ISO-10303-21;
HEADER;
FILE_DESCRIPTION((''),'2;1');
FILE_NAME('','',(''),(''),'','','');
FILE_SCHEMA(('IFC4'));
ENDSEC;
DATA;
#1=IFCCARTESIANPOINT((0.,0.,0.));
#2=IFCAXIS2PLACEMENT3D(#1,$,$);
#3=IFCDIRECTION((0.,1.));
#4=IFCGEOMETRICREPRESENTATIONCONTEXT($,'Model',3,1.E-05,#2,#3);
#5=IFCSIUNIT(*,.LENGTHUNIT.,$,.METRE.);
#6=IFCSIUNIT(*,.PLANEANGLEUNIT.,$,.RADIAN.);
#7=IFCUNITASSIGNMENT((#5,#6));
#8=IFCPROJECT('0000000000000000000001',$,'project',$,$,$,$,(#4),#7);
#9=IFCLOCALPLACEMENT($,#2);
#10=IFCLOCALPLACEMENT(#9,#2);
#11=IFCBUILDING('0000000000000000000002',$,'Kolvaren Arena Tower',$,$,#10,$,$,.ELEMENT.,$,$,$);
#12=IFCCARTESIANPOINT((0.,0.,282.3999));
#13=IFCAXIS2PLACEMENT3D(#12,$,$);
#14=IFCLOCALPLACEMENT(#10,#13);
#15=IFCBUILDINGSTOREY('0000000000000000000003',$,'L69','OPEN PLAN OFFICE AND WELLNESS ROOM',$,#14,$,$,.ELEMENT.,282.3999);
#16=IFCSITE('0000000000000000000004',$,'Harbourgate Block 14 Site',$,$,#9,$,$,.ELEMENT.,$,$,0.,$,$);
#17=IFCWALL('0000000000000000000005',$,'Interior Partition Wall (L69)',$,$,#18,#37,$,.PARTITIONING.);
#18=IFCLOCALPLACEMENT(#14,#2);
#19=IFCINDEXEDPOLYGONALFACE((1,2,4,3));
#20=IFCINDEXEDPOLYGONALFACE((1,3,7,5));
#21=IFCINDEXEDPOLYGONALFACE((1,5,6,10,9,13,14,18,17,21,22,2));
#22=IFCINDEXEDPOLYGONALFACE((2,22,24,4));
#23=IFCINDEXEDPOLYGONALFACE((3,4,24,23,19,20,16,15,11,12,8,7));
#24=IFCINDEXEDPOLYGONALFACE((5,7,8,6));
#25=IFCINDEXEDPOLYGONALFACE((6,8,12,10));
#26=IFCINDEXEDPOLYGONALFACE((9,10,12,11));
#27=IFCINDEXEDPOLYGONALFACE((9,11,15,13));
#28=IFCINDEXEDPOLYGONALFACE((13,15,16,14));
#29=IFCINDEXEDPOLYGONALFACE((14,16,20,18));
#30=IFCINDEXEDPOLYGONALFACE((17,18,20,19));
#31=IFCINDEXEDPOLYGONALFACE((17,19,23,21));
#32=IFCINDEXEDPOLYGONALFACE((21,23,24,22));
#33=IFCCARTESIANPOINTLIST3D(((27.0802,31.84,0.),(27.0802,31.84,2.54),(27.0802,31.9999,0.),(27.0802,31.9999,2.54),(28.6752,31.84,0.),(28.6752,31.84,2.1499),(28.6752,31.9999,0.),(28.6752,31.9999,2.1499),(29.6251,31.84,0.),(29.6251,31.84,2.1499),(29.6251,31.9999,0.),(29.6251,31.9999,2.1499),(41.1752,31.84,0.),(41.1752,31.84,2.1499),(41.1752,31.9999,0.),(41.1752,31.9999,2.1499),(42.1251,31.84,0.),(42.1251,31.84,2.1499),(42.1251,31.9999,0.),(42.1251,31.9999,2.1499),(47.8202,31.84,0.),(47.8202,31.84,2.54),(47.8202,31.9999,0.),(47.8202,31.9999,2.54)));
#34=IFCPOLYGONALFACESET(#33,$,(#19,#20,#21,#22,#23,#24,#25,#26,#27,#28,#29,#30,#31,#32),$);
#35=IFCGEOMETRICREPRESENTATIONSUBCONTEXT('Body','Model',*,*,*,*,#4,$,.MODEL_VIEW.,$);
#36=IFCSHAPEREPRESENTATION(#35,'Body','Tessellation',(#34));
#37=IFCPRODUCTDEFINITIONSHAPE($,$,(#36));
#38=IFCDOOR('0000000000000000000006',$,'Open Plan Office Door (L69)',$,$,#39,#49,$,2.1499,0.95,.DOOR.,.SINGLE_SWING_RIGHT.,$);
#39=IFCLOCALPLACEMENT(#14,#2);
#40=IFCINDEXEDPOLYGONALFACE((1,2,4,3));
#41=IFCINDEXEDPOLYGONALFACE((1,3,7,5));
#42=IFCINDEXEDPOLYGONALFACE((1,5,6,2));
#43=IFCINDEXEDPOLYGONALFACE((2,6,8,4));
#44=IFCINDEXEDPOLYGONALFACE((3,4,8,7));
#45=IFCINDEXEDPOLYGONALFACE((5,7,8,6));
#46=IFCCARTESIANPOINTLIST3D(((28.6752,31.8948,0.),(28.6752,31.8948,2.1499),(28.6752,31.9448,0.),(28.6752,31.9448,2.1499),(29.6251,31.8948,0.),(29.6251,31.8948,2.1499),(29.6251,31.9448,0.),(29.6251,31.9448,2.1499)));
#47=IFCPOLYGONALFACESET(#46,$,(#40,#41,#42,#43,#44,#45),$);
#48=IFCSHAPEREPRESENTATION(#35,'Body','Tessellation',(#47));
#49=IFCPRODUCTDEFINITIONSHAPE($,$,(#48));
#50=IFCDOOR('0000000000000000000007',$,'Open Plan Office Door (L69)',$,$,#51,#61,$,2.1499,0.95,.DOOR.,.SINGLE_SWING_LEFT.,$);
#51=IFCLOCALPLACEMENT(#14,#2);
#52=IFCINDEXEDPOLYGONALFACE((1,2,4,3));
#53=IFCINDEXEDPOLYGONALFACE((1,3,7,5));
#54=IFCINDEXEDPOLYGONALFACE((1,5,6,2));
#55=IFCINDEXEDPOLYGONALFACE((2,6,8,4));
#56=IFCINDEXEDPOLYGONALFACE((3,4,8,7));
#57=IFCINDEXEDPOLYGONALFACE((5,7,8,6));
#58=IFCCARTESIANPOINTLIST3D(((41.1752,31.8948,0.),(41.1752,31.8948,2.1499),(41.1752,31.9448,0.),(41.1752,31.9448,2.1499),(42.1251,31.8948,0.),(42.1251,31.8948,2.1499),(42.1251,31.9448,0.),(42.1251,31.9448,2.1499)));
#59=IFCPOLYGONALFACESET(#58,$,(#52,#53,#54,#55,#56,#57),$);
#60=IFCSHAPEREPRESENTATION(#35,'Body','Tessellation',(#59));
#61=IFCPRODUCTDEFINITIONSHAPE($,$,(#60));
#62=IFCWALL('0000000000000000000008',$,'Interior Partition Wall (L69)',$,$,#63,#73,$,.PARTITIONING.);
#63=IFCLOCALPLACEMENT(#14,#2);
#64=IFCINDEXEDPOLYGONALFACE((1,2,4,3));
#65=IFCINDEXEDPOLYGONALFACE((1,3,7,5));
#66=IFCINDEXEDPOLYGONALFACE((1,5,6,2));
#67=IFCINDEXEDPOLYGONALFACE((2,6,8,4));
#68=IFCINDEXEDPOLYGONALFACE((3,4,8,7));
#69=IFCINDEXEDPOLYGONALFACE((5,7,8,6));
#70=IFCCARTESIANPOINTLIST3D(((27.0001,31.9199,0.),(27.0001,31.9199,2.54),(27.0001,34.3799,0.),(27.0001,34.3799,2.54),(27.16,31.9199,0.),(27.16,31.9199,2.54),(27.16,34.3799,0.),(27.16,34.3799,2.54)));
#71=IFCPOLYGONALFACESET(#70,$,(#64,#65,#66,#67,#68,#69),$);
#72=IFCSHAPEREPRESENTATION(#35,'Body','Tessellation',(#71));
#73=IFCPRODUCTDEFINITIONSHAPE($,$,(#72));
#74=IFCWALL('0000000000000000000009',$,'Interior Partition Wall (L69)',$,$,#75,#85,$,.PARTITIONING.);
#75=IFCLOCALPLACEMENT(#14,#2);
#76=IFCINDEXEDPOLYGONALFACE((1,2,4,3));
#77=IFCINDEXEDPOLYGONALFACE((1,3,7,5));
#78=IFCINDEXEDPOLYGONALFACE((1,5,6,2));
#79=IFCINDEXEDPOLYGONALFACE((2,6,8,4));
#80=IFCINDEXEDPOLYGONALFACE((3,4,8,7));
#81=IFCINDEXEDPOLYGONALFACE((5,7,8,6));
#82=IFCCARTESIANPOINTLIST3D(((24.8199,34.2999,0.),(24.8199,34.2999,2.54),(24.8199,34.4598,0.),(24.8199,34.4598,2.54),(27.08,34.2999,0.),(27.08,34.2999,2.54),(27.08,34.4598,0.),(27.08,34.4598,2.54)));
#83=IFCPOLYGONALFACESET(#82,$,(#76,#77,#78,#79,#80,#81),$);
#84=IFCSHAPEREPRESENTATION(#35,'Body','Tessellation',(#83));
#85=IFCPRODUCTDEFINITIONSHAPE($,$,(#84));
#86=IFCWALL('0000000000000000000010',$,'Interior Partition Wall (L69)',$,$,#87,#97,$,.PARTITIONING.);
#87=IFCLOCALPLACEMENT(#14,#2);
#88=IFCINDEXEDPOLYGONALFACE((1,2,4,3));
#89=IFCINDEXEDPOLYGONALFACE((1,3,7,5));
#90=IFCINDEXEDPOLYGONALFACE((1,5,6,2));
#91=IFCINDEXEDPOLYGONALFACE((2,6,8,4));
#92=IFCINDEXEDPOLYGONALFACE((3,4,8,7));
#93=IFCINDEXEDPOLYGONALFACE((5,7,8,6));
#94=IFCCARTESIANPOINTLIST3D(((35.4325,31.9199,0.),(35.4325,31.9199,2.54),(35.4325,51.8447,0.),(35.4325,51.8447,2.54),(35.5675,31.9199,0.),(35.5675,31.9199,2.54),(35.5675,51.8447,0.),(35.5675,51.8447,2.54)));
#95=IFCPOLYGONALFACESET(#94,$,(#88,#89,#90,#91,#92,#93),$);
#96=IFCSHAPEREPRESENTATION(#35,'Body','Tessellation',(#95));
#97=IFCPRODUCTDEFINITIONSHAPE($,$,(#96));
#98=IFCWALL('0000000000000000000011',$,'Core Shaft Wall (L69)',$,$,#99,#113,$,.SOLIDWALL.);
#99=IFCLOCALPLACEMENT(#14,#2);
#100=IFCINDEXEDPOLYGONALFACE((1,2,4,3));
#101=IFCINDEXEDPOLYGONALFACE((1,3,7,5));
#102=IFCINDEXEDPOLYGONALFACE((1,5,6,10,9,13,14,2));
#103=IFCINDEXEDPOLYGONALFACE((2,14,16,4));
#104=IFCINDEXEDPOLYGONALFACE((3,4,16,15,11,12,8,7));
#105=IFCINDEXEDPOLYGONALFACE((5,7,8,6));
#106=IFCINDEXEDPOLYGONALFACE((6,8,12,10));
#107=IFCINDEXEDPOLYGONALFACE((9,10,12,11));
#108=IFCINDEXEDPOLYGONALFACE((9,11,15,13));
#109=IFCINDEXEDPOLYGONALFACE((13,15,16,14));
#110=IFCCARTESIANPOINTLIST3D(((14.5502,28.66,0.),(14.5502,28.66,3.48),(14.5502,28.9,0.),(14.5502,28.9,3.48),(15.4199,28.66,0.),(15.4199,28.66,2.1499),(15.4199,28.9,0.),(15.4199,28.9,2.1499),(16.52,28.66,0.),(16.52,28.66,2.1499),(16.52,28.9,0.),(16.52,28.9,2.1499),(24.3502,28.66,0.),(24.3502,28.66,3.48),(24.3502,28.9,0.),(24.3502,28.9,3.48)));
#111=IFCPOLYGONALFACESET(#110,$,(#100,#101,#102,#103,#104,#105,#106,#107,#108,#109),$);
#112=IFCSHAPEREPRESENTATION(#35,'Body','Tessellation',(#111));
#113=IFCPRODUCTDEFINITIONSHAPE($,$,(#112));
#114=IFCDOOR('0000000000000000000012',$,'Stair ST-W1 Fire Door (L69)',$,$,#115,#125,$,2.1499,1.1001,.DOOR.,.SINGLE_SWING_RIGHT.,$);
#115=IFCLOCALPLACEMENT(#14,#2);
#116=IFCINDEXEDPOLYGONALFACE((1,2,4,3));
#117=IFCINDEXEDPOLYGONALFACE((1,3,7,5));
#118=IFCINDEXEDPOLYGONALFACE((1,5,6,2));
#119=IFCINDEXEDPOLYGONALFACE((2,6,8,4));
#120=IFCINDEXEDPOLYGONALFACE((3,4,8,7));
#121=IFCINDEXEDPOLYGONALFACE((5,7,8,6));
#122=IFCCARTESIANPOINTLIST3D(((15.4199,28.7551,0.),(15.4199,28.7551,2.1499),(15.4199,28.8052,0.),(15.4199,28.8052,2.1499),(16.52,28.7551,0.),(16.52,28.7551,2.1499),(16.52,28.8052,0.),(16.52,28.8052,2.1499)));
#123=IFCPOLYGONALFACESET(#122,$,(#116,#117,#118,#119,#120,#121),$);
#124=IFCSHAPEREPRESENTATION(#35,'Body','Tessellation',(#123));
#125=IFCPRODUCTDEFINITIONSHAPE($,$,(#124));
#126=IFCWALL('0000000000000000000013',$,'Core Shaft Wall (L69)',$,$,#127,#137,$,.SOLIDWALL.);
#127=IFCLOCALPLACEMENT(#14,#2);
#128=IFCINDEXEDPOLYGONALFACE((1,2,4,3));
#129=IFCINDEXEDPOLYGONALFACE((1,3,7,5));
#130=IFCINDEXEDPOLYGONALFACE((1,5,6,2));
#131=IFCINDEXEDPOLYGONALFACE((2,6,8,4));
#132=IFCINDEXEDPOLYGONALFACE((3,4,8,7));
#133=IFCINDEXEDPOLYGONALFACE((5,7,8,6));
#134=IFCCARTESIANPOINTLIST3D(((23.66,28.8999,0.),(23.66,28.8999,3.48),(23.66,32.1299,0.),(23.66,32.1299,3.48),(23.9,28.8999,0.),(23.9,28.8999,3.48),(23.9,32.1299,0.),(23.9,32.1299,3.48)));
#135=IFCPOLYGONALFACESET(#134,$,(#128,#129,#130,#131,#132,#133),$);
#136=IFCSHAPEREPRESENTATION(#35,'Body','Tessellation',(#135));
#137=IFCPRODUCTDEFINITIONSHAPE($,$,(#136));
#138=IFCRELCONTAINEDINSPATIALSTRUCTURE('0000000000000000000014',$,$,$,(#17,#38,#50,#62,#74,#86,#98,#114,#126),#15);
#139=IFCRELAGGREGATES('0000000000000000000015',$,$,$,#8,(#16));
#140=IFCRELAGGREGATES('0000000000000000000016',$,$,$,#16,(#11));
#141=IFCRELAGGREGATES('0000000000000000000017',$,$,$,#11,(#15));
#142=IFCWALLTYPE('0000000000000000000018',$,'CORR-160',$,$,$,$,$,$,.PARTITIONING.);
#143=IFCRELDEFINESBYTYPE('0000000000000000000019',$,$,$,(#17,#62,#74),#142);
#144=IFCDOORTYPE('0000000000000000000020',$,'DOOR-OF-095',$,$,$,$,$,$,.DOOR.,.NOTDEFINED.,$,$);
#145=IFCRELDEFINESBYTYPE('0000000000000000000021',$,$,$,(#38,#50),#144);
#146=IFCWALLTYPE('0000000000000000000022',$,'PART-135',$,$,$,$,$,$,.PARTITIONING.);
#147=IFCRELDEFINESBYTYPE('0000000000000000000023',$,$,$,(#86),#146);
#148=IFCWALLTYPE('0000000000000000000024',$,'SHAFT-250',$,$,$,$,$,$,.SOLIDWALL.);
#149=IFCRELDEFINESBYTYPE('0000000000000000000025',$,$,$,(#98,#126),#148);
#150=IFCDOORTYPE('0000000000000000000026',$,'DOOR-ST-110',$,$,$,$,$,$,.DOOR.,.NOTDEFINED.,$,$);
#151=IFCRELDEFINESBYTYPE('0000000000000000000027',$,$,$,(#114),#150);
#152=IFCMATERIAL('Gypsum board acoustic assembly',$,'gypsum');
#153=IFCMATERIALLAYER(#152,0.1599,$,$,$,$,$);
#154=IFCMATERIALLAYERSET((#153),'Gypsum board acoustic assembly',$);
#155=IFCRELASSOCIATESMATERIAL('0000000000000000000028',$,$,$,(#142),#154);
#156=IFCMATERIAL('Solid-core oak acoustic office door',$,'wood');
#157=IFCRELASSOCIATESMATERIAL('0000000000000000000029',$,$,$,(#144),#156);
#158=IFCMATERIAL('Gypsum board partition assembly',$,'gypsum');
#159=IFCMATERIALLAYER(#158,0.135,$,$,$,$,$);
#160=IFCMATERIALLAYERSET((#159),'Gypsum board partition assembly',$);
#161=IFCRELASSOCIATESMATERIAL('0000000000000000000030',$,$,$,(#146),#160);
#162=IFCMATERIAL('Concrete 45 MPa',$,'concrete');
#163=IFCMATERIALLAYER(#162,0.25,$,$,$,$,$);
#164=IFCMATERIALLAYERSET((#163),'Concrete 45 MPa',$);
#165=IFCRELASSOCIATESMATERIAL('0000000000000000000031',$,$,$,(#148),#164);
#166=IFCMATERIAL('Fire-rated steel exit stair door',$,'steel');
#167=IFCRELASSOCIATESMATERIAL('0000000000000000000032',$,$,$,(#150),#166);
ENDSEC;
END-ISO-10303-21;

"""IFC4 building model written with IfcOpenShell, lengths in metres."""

from ifc_helpers import new_model, si_unit, direction, frame, frame_2d, origin, place, context, subcontext, project, spatial, rectangle, extrude, material, layer, layer_set, type_object, element, fill, save


model = new_model("IFC4")

# Units and contexts
model_context = context("Model", 3, precision=1e-05, world=origin(), true_north=direction((0.0, 1.0)))
body_context = subcontext(model_context, "Body", "Model", "MODEL_VIEW")
ifc_project = project(units=[si_unit("LENGTHUNIT", "METRE"), si_unit("PLANEANGLEUNIT", "RADIAN")], contexts=[model_context])

# Site, building, storey
site_placement = place(None, origin())
site = spatial("IfcSite", under=ifc_project, at=site_placement, Name="Harbourgate Block 14 Site", CompositionType="ELEMENT", RefElevation=0.0)
building_placement = place(site_placement, origin())
building = spatial("IfcBuilding", under=site, at=building_placement, Name="Kolvaren Arena Tower", CompositionType="ELEMENT")
storey_placement = place(building_placement, frame((0.0, 0.0, 282.3999)))
storey = spatial("IfcBuildingStorey", under=building, at=storey_placement, Name="L69", Description="OPEN PLAN OFFICE AND WELLNESS ROOM", CompositionType="ELEMENT", Elevation=282.3999)

# Wall, openings, doors
ifc_material_1 = material(Name="Gypsum board acoustic assembly", Category="gypsum")
ifc_layer_1 = layer(ifc_material_1, 0.1599)
ifc_layer_set_1 = layer_set([ifc_layer_1], Name="Gypsum board acoustic assembly")
wall_type_1 = type_object("IfcWallType", Name="CORR-160", PredefinedType="PARTITIONING", material=ifc_layer_set_1)
wall_1_placement = place(storey_placement, frame((27.0801, 31.9199, 0.0), z_axis=(0.0, 0.0, 1.0), x_axis=(1.0, 0.0, 0.0)))
wall_1 = element("IfcWall", 1, at=wall_1_placement, inside=storey, type_object=wall_type_1, Name="Interior Partition Wall (L69)", PredefinedType="PARTITIONING", context=body_context, shape_type="SweptSolid", body=[
    extrude(rectangle(XDim=20.74, YDim=0.1599, at=frame_2d((10.3701, 0.0))), origin(), (0.0, 0.0, 1.0), 2.54),
])
opening_1_placement = place(wall_1_placement, frame((1.595, 0.0, 0.0)))
opening_1 = element("IfcOpeningElement", 2, at=opening_1_placement, cuts=wall_1, PredefinedType="OPENING", context=body_context, shape_type="SweptSolid", body=[
    extrude(rectangle(XDim=0.95, YDim=2.1499, at=frame_2d((0.4751, 1.075))), frame((0.0, 0.0898, 0.0), z_axis=(0.0, -1.0, 0.0), x_axis=(1.0, 0.0, 0.0)), (0.0, 0.0, 1.0), 0.1799),
])
opening_2_placement = place(wall_1_placement, frame((14.095, 0.0, 0.0)))
opening_2 = element("IfcOpeningElement", 3, at=opening_2_placement, cuts=wall_1, PredefinedType="OPENING", context=body_context, shape_type="SweptSolid", body=[
    extrude(rectangle(XDim=0.95, YDim=2.1499, at=frame_2d((0.4751, 1.075))), frame((0.0, 0.0898, 0.0), z_axis=(0.0, -1.0, 0.0), x_axis=(1.0, 0.0, 0.0)), (0.0, 0.0, 1.0), 0.1799),
])
ifc_material_2 = material(Name="Solid-core oak acoustic office door", Category="wood")
door_type_1 = type_object("IfcDoorType", Name="DOOR-OF-095", OperationType="NOTDEFINED", PredefinedType="DOOR", material=ifc_material_2)
door_1_placement = place(opening_1_placement, origin())
door_1 = element("IfcDoor", 4, at=door_1_placement, inside=storey, type_object=door_type_1, Name="Open Plan Office Door (L69)", OperationType="SINGLE_SWING_RIGHT", OverallHeight=2.1499, OverallWidth=0.95, PredefinedType="DOOR", context=body_context, shape_type="SweptSolid", body=[
    extrude(rectangle(XDim=0.95, YDim=2.1499, at=frame_2d((0.4751, 1.075))), frame((0.0, 0.0249, 0.0), z_axis=(0.0, -1.0, 0.0), x_axis=(1.0, 0.0, 0.0)), (0.0, 0.0, 1.0), 0.05),
])
fill(opening_1, door_1)
door_2_placement = place(opening_2_placement, origin())
door_2 = element("IfcDoor", 5, at=door_2_placement, inside=storey, type_object=door_type_1, Name="Open Plan Office Door (L69)", OperationType="SINGLE_SWING_LEFT", OverallHeight=2.1499, OverallWidth=0.95, PredefinedType="DOOR", context=body_context, shape_type="SweptSolid", body=[
    extrude(rectangle(XDim=0.95, YDim=2.1499, at=frame_2d((0.4751, 1.075))), frame((0.0, 0.0249, 0.0), z_axis=(0.0, -1.0, 0.0), x_axis=(1.0, 0.0, 0.0)), (0.0, 0.0, 1.0), 0.05),
])
fill(opening_2, door_2)

# Walls
wall_2_placement = place(storey_placement, frame((27.0801, 31.9199, 0.0), z_axis=(0.0, 0.0, 1.0), x_axis=(0.0, 1.0, 0.0)))
element("IfcWall", 6, at=wall_2_placement, inside=storey, type_object=wall_type_1, Name="Interior Partition Wall (L69)", PredefinedType="PARTITIONING", context=body_context, shape_type="SweptSolid", body=[
    extrude(rectangle(XDim=2.46, YDim=0.1599, at=frame_2d((1.23, 0.0))), origin(), (0.0, 0.0, 1.0), 2.54),
])
wall_3_placement = place(storey_placement, frame((24.8201, 34.3799, 0.0), z_axis=(0.0, 0.0, 1.0), x_axis=(1.0, 0.0, 0.0)))
element("IfcWall", 7, at=wall_3_placement, inside=storey, type_object=wall_type_1, Name="Interior Partition Wall (L69)", PredefinedType="PARTITIONING", context=body_context, shape_type="SweptSolid", body=[
    extrude(rectangle(XDim=2.26, YDim=0.1599, at=frame_2d((1.1299, 0.0))), origin(), (0.0, 0.0, 1.0), 2.54),
])

# Wall
ifc_material_3 = material(Name="Gypsum board partition assembly", Category="gypsum")
ifc_layer_2 = layer(ifc_material_3, 0.135)
ifc_layer_set_2 = layer_set([ifc_layer_2], Name="Gypsum board partition assembly")
wall_type_2 = type_object("IfcWallType", Name="PART-135", PredefinedType="PARTITIONING", material=ifc_layer_set_2)
wall_4_placement = place(storey_placement, frame((35.5, 31.9199, 0.0), z_axis=(0.0, 0.0, 1.0), x_axis=(0.0, 1.0, 0.0)))
element("IfcWall", 8, at=wall_4_placement, inside=storey, type_object=wall_type_2, Name="Interior Partition Wall (L69)", PredefinedType="PARTITIONING", context=body_context, shape_type="SweptSolid", body=[
    extrude(rectangle(XDim=19.9248, YDim=0.135, at=frame_2d((9.9624, 0.0))), origin(), (0.0, 0.0, 1.0), 2.54),
])

# Wall, opening, door
ifc_material_4 = material(Name="Concrete 45 MPa", Category="concrete")
ifc_layer_3 = layer(ifc_material_4, 0.25)
ifc_layer_set_3 = layer_set([ifc_layer_3], Name="Concrete 45 MPa")
wall_type_3 = type_object("IfcWallType", Name="SHAFT-250", PredefinedType="SOLIDWALL", material=ifc_layer_set_3)
wall_5_placement = place(storey_placement, frame((24.3501, 28.78, 0.0), z_axis=(0.0, 0.0, 1.0), x_axis=(-1.0, 0.0, 0.0)))
wall_5 = element("IfcWall", 9, at=wall_5_placement, inside=storey, type_object=wall_type_3, Name="Core Shaft Wall (L69)", PredefinedType="SOLIDWALL", context=body_context, shape_type="SweptSolid", body=[
    extrude(rectangle(XDim=9.8, YDim=0.24, at=frame_2d((4.8999, 0.0))), origin(), (0.0, 0.0, 1.0), 3.48),
])
opening_3_placement = place(wall_5_placement, frame((7.8301, 0.0, 0.0)))
opening_3 = element("IfcOpeningElement", 10, at=opening_3_placement, cuts=wall_5, PredefinedType="OPENING", context=body_context, shape_type="SweptSolid", body=[
    extrude(rectangle(XDim=1.1001, YDim=2.1499, at=frame_2d((0.55, 1.075))), frame((0.0, 0.1299, 0.0), z_axis=(0.0, -1.0, 0.0), x_axis=(1.0, 0.0, 0.0)), (0.0, 0.0, 1.0), 0.26),
])
ifc_material_5 = material(Name="Fire-rated steel exit stair door", Category="steel")
door_type_2 = type_object("IfcDoorType", Name="DOOR-ST-110", OperationType="NOTDEFINED", PredefinedType="DOOR", material=ifc_material_5)
door_3_placement = place(opening_3_placement, origin())
door_3 = element("IfcDoor", 11, at=door_3_placement, inside=storey, type_object=door_type_2, Name="Stair ST-W1 Fire Door (L69)", OperationType="SINGLE_SWING_RIGHT", OverallHeight=2.1499, OverallWidth=1.1001, PredefinedType="DOOR", context=body_context, shape_type="SweptSolid", body=[
    extrude(rectangle(XDim=1.1001, YDim=2.1499, at=frame_2d((0.55, 1.075))), frame((0.0, 0.0249, 0.0), z_axis=(0.0, -1.0, 0.0), x_axis=(1.0, 0.0, 0.0)), (0.0, 0.0, 1.0), 0.05),
])
fill(opening_3, door_3)

# Wall
wall_6_placement = place(storey_placement, frame((23.78, 28.8999, 0.0), z_axis=(0.0, 0.0, 1.0), x_axis=(0.0, 1.0, 0.0)))
element("IfcWall", 12, at=wall_6_placement, inside=storey, type_object=wall_type_3, Name="Core Shaft Wall (L69)", PredefinedType="SOLIDWALL", context=body_context, shape_type="SweptSolid", body=[
    extrude(rectangle(XDim=3.23, YDim=0.24, at=frame_2d((1.615, 0.0))), origin(), (0.0, 0.0, 1.0), 3.48),
])

save(model, "model.ifc")
